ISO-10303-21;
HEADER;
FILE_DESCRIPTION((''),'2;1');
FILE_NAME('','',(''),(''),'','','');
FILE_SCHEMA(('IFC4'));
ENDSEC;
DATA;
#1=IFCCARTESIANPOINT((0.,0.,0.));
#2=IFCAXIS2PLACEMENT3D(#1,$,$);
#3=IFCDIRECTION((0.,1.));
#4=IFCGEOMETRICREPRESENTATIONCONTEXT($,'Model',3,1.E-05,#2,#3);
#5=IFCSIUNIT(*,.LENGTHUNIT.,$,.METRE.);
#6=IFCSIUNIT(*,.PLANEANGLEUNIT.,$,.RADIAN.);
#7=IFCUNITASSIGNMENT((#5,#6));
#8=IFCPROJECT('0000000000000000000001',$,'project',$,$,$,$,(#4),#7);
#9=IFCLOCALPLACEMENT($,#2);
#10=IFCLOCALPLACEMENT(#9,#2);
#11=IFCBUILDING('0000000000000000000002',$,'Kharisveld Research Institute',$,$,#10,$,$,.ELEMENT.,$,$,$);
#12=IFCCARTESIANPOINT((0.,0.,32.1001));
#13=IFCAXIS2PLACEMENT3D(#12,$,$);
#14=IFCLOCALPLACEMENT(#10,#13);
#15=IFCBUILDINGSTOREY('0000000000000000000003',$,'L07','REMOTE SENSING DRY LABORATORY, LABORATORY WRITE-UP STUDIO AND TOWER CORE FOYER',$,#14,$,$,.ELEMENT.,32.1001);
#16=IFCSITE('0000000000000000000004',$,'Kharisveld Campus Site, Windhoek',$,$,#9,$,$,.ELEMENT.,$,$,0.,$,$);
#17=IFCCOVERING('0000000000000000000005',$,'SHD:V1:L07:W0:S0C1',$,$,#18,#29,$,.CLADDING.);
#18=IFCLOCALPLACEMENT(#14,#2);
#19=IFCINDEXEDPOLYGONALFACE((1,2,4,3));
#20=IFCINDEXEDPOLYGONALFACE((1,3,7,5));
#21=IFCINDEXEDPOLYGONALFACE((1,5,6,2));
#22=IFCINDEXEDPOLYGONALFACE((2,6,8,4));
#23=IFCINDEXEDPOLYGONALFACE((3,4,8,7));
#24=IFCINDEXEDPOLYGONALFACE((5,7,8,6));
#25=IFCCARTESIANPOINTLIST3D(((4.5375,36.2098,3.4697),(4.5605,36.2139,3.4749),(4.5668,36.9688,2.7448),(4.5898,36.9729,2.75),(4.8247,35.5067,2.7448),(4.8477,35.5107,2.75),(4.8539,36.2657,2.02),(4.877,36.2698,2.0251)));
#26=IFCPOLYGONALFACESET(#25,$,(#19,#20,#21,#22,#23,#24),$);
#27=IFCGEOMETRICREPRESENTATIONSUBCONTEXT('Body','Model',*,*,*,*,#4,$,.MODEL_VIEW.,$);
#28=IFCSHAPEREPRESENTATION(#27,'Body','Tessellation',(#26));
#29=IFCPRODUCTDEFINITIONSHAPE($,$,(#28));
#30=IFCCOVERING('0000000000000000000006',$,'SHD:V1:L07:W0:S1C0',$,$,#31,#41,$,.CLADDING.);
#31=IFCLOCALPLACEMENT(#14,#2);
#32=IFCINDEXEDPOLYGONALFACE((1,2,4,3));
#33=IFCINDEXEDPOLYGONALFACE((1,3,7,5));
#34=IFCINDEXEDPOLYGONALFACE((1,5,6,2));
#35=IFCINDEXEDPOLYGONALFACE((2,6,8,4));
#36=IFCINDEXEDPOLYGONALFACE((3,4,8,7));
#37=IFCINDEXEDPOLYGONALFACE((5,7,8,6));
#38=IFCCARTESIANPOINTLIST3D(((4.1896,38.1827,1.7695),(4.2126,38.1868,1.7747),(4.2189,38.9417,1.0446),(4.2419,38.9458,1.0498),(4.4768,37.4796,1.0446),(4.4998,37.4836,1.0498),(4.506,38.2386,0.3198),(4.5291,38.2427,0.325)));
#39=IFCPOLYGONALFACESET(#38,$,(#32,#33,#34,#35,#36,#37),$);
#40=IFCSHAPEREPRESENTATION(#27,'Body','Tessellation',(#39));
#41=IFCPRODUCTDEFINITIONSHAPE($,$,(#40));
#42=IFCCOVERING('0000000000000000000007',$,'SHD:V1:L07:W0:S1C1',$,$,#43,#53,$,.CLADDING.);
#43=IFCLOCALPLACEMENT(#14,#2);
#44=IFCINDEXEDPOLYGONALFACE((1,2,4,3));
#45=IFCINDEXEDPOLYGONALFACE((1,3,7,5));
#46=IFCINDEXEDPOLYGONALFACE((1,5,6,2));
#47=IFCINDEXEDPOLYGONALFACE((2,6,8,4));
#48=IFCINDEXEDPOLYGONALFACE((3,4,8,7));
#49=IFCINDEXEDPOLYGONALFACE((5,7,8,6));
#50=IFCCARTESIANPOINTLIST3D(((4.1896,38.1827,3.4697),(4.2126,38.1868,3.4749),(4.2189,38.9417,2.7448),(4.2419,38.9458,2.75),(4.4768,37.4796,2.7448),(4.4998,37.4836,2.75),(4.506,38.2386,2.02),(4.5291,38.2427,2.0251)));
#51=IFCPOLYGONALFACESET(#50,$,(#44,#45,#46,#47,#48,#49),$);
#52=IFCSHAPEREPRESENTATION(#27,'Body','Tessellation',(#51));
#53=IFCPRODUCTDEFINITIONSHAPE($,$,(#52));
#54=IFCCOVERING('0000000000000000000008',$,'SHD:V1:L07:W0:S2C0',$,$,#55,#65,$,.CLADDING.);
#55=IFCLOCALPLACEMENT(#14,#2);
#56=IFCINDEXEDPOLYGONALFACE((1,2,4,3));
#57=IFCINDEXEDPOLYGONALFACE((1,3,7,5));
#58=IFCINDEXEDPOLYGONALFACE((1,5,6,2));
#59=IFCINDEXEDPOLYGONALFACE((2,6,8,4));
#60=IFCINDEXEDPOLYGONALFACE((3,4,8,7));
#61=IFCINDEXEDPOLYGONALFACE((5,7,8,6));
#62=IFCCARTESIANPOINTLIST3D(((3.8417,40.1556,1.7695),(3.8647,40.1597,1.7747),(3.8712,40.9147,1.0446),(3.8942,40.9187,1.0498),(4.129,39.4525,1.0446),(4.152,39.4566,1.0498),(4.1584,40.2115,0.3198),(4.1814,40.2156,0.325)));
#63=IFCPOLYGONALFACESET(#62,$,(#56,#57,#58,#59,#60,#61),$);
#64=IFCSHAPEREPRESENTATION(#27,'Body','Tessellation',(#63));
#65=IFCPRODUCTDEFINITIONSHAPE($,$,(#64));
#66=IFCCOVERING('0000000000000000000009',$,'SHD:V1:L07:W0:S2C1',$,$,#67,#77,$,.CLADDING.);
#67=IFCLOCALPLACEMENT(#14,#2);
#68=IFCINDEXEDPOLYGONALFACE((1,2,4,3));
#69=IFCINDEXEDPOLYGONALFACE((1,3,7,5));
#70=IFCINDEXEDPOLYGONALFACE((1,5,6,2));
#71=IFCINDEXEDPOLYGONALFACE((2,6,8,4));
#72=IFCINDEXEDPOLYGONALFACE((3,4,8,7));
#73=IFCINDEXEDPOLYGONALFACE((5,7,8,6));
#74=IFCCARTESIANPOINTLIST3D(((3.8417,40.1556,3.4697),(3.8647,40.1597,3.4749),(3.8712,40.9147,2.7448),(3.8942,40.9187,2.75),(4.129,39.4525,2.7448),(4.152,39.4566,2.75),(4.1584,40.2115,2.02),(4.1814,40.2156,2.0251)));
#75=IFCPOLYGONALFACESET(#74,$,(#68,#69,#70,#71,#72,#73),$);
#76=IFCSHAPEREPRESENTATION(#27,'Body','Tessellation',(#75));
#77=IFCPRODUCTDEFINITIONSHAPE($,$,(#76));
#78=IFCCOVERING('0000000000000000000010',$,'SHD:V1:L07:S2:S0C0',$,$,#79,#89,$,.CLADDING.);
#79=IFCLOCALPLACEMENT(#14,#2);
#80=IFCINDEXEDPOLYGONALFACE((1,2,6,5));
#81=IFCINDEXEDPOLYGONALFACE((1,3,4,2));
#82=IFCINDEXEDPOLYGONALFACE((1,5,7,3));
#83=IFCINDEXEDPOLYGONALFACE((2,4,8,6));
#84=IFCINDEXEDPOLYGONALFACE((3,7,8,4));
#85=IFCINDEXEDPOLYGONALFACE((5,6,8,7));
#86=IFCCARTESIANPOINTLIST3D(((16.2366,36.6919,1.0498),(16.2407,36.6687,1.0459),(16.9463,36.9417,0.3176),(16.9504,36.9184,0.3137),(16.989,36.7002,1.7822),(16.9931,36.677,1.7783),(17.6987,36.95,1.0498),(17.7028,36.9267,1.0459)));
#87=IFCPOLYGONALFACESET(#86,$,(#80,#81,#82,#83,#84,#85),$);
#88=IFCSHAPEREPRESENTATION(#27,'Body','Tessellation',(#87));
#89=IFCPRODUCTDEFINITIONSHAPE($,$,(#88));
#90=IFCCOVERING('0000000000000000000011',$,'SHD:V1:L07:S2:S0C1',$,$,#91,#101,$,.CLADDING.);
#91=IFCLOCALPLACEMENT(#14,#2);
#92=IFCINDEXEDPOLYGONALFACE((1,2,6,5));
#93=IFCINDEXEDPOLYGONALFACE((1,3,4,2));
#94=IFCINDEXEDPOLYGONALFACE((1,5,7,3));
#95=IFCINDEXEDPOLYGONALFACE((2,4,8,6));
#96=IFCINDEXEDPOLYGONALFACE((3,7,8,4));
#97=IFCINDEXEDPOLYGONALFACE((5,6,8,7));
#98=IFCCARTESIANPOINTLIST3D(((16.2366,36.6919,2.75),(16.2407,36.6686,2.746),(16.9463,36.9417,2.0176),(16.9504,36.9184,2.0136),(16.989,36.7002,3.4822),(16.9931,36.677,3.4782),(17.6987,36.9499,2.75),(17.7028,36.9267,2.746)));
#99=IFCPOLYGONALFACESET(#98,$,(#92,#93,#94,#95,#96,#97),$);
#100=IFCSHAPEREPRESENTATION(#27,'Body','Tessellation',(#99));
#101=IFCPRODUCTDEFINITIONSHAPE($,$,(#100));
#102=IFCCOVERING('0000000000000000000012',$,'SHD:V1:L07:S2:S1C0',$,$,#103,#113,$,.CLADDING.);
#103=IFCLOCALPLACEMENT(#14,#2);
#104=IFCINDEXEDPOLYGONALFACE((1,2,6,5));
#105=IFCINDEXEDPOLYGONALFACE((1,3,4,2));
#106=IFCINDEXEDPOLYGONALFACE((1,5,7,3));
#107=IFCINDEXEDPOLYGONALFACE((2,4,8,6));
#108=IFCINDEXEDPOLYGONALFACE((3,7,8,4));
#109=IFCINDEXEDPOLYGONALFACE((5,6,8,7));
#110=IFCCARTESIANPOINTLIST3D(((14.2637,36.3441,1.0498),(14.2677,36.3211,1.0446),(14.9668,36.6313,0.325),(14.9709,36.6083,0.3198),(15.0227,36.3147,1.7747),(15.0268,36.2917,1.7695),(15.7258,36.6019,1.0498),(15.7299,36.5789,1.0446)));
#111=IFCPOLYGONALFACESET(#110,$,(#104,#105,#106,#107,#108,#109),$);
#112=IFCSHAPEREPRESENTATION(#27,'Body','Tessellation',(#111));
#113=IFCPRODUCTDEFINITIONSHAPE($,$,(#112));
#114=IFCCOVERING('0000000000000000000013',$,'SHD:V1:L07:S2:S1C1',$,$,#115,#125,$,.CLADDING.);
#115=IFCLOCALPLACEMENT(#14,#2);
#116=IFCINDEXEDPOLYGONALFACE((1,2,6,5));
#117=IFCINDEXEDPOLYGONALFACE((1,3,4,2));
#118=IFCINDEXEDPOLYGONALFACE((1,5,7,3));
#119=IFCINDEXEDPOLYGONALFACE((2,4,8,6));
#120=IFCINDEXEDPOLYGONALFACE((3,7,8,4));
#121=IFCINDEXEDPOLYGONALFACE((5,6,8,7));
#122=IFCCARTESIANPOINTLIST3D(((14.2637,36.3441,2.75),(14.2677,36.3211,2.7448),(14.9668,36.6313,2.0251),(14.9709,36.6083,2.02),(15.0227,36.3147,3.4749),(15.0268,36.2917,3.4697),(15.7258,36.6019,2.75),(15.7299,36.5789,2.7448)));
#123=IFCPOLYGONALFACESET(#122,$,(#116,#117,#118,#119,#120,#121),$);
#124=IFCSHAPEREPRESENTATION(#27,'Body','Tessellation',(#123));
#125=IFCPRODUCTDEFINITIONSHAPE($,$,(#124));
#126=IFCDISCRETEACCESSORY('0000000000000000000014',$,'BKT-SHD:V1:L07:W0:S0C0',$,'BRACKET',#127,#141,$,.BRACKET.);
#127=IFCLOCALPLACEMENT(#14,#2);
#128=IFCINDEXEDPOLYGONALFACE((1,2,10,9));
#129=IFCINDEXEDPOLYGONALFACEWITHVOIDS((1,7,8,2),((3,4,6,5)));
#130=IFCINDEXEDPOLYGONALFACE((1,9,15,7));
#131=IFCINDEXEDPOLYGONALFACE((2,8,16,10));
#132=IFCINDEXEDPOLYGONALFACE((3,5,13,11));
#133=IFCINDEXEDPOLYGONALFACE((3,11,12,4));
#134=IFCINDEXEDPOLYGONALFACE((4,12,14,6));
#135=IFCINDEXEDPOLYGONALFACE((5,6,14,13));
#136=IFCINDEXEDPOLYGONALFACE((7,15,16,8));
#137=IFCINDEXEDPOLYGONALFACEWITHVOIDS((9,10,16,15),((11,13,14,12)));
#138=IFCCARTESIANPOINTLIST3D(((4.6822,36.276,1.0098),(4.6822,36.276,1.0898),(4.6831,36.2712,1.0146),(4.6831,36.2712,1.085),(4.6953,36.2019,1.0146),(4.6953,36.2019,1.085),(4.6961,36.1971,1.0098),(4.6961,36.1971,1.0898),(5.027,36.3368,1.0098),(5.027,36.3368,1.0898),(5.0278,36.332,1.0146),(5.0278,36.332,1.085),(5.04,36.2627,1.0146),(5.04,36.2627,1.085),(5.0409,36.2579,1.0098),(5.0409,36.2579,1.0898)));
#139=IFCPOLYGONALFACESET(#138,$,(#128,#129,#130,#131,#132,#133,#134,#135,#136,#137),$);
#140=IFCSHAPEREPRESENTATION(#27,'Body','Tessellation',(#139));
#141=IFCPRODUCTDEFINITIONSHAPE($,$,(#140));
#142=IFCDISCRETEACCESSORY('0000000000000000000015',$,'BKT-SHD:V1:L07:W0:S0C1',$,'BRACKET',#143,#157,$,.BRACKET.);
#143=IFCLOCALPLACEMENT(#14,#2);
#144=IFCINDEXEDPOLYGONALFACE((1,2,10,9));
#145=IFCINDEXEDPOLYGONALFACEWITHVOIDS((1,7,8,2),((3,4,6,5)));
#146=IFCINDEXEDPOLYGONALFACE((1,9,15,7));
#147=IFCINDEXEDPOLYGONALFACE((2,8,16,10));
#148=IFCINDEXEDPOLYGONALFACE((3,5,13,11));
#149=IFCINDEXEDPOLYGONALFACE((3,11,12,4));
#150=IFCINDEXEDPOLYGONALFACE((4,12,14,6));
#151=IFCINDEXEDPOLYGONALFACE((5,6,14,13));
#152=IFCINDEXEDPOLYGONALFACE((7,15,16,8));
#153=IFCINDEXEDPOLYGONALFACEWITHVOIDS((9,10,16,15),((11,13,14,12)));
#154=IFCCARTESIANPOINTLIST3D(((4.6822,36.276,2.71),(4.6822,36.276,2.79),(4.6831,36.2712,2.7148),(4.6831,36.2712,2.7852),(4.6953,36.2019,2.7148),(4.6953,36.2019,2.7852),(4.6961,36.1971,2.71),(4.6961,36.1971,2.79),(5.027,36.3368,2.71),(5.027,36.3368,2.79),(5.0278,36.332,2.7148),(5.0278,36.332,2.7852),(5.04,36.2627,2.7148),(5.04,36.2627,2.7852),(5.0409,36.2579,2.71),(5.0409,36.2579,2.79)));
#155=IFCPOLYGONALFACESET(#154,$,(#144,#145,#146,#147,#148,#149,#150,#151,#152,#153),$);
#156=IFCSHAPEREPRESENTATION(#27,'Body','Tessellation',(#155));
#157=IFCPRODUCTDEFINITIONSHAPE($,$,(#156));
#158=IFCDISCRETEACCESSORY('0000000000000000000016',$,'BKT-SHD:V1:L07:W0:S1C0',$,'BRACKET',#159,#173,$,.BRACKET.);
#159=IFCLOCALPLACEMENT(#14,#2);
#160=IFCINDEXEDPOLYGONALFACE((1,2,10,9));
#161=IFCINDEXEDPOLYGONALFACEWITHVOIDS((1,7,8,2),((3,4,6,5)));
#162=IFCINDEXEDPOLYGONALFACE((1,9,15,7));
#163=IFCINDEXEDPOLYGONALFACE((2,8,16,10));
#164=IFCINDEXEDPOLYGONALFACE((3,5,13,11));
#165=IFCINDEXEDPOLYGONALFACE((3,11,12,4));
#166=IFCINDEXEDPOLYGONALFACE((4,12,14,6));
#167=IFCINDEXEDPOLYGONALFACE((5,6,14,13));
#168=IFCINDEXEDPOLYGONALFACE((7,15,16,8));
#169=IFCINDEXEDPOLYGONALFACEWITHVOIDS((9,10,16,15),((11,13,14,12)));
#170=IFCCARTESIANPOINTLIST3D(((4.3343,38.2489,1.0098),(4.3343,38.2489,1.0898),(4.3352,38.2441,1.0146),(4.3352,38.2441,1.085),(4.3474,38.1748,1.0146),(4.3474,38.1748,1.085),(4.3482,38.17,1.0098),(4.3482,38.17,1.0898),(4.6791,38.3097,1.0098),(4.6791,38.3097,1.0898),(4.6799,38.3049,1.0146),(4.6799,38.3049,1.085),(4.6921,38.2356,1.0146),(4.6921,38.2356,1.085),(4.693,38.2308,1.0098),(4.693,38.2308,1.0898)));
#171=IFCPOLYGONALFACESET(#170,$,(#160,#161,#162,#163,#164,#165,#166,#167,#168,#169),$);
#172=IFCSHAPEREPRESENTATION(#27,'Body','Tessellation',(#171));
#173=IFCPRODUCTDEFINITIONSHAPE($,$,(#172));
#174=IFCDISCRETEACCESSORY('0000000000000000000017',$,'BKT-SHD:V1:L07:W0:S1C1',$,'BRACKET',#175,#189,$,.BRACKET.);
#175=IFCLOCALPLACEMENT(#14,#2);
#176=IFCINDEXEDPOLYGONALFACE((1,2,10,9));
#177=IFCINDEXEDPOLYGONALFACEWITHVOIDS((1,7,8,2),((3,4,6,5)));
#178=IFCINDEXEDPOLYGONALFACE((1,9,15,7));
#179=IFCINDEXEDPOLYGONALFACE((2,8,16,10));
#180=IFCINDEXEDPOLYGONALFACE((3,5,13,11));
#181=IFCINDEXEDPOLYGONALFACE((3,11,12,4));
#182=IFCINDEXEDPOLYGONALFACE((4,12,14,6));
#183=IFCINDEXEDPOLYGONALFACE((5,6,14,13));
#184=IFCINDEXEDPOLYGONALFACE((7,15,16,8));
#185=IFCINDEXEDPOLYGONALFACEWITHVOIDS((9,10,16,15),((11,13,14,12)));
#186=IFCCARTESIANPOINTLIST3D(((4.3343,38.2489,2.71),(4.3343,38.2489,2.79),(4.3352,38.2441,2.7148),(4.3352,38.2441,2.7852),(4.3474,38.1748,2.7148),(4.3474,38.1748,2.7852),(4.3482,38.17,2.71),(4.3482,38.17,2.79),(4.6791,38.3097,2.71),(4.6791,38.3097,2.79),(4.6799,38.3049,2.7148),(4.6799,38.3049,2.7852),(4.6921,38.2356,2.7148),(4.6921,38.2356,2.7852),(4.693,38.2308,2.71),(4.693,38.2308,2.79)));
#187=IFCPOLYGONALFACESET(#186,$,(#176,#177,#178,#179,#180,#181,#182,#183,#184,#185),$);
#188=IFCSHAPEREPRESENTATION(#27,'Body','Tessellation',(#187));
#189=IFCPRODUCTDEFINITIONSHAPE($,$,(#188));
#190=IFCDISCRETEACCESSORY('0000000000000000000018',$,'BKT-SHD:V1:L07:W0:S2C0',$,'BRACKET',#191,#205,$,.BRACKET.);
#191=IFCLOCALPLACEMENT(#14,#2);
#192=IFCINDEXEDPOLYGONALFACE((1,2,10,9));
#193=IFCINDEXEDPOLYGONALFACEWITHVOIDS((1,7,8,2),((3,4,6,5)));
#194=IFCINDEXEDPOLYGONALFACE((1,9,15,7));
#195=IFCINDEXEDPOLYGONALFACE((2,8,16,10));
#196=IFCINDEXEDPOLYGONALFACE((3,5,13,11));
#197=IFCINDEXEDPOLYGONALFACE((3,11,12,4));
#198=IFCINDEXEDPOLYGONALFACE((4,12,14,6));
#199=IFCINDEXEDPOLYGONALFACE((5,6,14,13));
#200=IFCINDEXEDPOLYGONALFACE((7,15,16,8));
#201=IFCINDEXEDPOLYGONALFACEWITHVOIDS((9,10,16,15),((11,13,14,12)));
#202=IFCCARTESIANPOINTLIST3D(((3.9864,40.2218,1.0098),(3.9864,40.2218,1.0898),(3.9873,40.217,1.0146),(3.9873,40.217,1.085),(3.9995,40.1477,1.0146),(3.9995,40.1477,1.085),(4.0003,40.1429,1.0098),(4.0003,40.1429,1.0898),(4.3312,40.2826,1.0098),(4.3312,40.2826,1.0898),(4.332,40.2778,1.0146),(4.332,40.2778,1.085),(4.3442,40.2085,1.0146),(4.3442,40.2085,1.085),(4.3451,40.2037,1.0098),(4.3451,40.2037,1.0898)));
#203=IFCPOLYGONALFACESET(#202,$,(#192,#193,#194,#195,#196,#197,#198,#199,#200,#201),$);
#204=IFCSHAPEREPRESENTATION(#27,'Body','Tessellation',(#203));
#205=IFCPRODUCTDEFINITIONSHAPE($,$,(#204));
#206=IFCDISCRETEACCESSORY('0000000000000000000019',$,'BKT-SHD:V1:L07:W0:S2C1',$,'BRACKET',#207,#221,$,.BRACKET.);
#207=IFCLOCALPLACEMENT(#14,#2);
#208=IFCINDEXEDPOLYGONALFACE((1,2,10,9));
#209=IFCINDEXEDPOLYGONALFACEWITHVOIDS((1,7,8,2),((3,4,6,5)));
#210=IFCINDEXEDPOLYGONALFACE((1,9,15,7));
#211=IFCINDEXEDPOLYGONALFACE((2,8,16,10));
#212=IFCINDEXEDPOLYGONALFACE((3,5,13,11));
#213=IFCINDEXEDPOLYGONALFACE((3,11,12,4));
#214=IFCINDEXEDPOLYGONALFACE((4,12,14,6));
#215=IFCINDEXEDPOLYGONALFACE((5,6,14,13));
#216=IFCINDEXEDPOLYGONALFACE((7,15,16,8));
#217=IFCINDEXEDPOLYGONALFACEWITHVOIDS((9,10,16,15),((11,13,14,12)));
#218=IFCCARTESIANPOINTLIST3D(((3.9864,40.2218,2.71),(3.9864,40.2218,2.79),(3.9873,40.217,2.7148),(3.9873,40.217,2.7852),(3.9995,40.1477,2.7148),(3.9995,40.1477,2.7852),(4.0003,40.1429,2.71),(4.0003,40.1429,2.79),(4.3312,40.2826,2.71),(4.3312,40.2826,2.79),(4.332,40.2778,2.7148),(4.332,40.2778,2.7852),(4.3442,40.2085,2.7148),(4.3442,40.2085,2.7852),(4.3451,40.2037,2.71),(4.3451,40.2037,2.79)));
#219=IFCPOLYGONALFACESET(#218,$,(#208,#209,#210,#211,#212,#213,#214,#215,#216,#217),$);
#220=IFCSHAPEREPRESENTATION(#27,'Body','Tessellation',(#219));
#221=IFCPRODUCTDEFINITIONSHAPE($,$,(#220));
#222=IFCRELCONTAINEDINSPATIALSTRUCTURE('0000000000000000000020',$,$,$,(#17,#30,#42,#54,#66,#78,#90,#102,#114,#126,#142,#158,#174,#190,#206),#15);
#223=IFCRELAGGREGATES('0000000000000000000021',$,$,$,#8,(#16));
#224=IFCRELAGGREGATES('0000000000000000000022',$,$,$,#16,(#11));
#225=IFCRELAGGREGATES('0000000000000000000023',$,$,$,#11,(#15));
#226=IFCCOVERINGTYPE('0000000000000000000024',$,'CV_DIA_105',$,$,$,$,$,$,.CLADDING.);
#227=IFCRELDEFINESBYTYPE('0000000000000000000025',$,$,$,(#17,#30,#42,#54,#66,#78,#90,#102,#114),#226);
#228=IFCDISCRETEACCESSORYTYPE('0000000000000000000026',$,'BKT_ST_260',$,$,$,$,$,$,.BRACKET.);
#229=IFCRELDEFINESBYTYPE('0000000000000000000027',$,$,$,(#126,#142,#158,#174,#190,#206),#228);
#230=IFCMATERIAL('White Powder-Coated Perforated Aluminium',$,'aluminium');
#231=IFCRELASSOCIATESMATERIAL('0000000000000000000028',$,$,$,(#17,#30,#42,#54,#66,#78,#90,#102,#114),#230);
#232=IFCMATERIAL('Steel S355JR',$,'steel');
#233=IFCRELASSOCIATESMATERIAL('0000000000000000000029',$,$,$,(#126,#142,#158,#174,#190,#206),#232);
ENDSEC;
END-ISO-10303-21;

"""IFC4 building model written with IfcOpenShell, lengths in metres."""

from ifc_helpers import new_model, si_unit, direction, frame, origin, origin_2d, place, context, subcontext, project, spatial, polyline, hollow_rectangle, outline, extrude, material, type_object, element, save


model = new_model("IFC4")

# Units and contexts
model_context = context("Model", 3, precision=1e-05, world=origin(), true_north=direction((0.0, 1.0)))
body_context = subcontext(model_context, "Body", "Model", "MODEL_VIEW")
ifc_project = project(units=[si_unit("LENGTHUNIT", "METRE"), si_unit("PLANEANGLEUNIT", "RADIAN")], contexts=[model_context])

# Site, building, storey
site_placement = place(None, origin())
site = spatial("IfcSite", under=ifc_project, at=site_placement, Name="Kharisveld Campus Site, Windhoek", CompositionType="ELEMENT", RefElevation=0.0)
building_placement = place(site_placement, origin())
building = spatial("IfcBuilding", under=site, at=building_placement, Name="Kharisveld Research Institute", CompositionType="ELEMENT")
storey_placement = place(building_placement, frame((0.0, 0.0, 32.1001)))
storey = spatial("IfcBuildingStorey", under=building, at=storey_placement, Name="L07", Description="REMOTE SENSING DRY LABORATORY, LABORATORY WRITE-UP STUDIO AND TOWER CORE FOYER", CompositionType="ELEMENT", Elevation=32.1001)

# Coverings
ifc_material_1 = material(Name="White Powder-Coated Perforated Aluminium", Category="aluminium")
covering_type = type_object("IfcCoveringType", Name="CV_DIA_105", PredefinedType="CLADDING")
for number, where, z_axis, x_axis, name in (
    (1, (4.877, 36.2698, 2.0251), (0.961476, 0.169531, 0.216385), (-0.273471, 0.669725, 0.690421), "SHD:V1:L07:W0:S0C1"),
    (2, (4.5291, 38.2427, 0.325), (0.961476, 0.169531, 0.216385), (-0.273471, 0.669725, 0.690421), "SHD:V1:L07:W0:S1C0"),
    (3, (4.5291, 38.2427, 2.0251), (0.961476, 0.169531, 0.216385), (-0.273471, 0.669725, 0.690421), "SHD:V1:L07:W0:S1C1"),
):
    element("IfcCovering", number, at=place(storey_placement, frame(where, z_axis=z_axis, x_axis=x_axis)), inside=storey, type_object=covering_type, material=ifc_material_1, Name=name, PredefinedType="CLADDING", context=body_context, shape_type="SweptSolid", body=[
        extrude(outline(polyline([(0.0, 0.0), (1.0499, 0.0), (1.05, 1.05), (0.0001, 1.05), (0.0, 0.0)])), origin(), (0.0, 0.0, -1.0), 0.0239),
    ])
for number, where, z_axis, x_axis, name in (
    (4, (4.1814, 40.2156, 0.325), (0.961443, 0.169525, 0.21654), (-0.273579, 0.669701, 0.690402), "SHD:V1:L07:W0:S2C0"),
    (5, (4.1814, 40.2156, 2.0251), (0.961443, 0.169525, 0.21654), (-0.273579, 0.669701, 0.690402), "SHD:V1:L07:W0:S2C1"),
):
    element("IfcCovering", number, at=place(storey_placement, frame(where, z_axis=z_axis, x_axis=x_axis)), inside=storey, type_object=covering_type, material=ifc_material_1, Name=name, PredefinedType="CLADDING", context=body_context, shape_type="SweptSolid", body=[
        extrude(outline(polyline([(0.0, 0.0), (1.0499, 0.0), (1.0501, 1.05), (0.0002, 1.05), (0.0, 0.0)])), origin(), (0.0, 0.0, -1.0), 0.0239),
    ])
covering_1_placement = place(storey_placement, frame((16.9463, 36.9417, 0.3176), z_axis=(-0.171418, 0.971262, 0.165124), x_axis=(-0.676028, -0.237881, 0.697423)))
element("IfcCovering", 6, at=covering_1_placement, inside=storey, type_object=covering_type, material=ifc_material_1, Name="SHD:V1:L07:S2:S0C0", PredefinedType="CLADDING", context=body_context, shape_type="SweptSolid", body=[
    extrude(outline(polyline([(0.0, 0.0), (1.0498, 0.0), (1.05, 1.0501), (0.0, 1.0499), (0.0, 0.0)])), origin(), (0.0, 0.0, -1.0), 0.0239),
])
covering_2_placement = place(storey_placement, frame((16.9463, 36.9417, 2.0176), z_axis=(-0.171418, 0.971262, 0.165124), x_axis=(-0.675912, -0.237879, 0.697536)))
element("IfcCovering", 7, at=covering_2_placement, inside=storey, type_object=covering_type, material=ifc_material_1, Name="SHD:V1:L07:S2:S0C1", PredefinedType="CLADDING", context=body_context, shape_type="SweptSolid", body=[
    extrude(outline(polyline([(0.0, 0.0), (1.05, 0.0), (1.0502, 1.0499), (0.0003, 1.0501), (0.0, 0.0)])), origin(), (0.0, 0.0, -1.0), 0.0239),
])
for number, where, z_axis, x_axis, name in (
    (8, (14.9668, 36.6313, 0.325), (-0.169525, 0.961443, 0.21654), (-0.669706, -0.273579, 0.690397), "SHD:V1:L07:S2:S1C0"),
    (9, (14.9668, 36.6313, 2.0251), (-0.169525, 0.961443, 0.21654), (-0.669706, -0.273579, 0.690397), "SHD:V1:L07:S2:S1C1"),
):
    element("IfcCovering", number, at=place(storey_placement, frame(where, z_axis=z_axis, x_axis=x_axis)), inside=storey, type_object=covering_type, material=ifc_material_1, Name=name, PredefinedType="CLADDING", context=body_context, shape_type="SweptSolid", body=[
        extrude(outline(polyline([(0.0, 0.0), (1.0499, 0.0), (1.0501, 1.05), (0.0001, 1.05), (0.0, 0.0)])), origin(), (0.0, 0.0, -1.0), 0.0239),
    ])

# Discrete accessories
ifc_material_2 = material(Name="Steel S355JR", Category="steel")
discrete_accessory_type = type_object("IfcDiscreteAccessoryType", Name="BKT_ST_260", PredefinedType="BRACKET")
for number, where, z_axis, x_axis, name in (
    (10, (5.0339, 36.2974, 1.0498), (-0.984805, -0.173666, 0.0), (0.173666, -0.984805, 0.0), "BKT-SHD:V1:L07:W0:S0C0"),
    (11, (5.0339, 36.2974, 2.75), (-0.984805, -0.173666, 0.0), (0.173666, -0.984805, 0.0), "BKT-SHD:V1:L07:W0:S0C1"),
    (12, (4.686, 38.2703, 1.0498), (-0.984805, -0.173666, 0.0), (0.173666, -0.984805, 0.0), "BKT-SHD:V1:L07:W0:S1C0"),
    (13, (4.686, 38.2703, 2.75), (-0.984805, -0.173666, 0.0), (0.173666, -0.984805, 0.0), "BKT-SHD:V1:L07:W0:S1C1"),
    (14, (4.3381, 40.2432, 1.0498), (-0.984805, -0.173666, 0.0), (0.173666, -0.984805, 0.0), "BKT-SHD:V1:L07:W0:S2C0"),
    (15, (4.3381, 40.2432, 2.75), (-0.984805, -0.173666, 0.0), (0.173666, -0.984805, 0.0), "BKT-SHD:V1:L07:W0:S2C1"),
):
    element("IfcDiscreteAccessory", number, at=place(storey_placement, frame(where, z_axis=z_axis, x_axis=x_axis)), inside=storey, type_object=discrete_accessory_type, material=ifc_material_2, Name=name, ObjectType="BRACKET", PredefinedType="BRACKET", context=body_context, shape_type="SweptSolid", body=[
        extrude(hollow_rectangle(XDim=0.0801, YDim=0.0801, WallThickness=0.0049, at=origin_2d()), origin(), (0.0, 0.0, 1.0), 0.3501),
    ])

save(model, "model.ifc")
